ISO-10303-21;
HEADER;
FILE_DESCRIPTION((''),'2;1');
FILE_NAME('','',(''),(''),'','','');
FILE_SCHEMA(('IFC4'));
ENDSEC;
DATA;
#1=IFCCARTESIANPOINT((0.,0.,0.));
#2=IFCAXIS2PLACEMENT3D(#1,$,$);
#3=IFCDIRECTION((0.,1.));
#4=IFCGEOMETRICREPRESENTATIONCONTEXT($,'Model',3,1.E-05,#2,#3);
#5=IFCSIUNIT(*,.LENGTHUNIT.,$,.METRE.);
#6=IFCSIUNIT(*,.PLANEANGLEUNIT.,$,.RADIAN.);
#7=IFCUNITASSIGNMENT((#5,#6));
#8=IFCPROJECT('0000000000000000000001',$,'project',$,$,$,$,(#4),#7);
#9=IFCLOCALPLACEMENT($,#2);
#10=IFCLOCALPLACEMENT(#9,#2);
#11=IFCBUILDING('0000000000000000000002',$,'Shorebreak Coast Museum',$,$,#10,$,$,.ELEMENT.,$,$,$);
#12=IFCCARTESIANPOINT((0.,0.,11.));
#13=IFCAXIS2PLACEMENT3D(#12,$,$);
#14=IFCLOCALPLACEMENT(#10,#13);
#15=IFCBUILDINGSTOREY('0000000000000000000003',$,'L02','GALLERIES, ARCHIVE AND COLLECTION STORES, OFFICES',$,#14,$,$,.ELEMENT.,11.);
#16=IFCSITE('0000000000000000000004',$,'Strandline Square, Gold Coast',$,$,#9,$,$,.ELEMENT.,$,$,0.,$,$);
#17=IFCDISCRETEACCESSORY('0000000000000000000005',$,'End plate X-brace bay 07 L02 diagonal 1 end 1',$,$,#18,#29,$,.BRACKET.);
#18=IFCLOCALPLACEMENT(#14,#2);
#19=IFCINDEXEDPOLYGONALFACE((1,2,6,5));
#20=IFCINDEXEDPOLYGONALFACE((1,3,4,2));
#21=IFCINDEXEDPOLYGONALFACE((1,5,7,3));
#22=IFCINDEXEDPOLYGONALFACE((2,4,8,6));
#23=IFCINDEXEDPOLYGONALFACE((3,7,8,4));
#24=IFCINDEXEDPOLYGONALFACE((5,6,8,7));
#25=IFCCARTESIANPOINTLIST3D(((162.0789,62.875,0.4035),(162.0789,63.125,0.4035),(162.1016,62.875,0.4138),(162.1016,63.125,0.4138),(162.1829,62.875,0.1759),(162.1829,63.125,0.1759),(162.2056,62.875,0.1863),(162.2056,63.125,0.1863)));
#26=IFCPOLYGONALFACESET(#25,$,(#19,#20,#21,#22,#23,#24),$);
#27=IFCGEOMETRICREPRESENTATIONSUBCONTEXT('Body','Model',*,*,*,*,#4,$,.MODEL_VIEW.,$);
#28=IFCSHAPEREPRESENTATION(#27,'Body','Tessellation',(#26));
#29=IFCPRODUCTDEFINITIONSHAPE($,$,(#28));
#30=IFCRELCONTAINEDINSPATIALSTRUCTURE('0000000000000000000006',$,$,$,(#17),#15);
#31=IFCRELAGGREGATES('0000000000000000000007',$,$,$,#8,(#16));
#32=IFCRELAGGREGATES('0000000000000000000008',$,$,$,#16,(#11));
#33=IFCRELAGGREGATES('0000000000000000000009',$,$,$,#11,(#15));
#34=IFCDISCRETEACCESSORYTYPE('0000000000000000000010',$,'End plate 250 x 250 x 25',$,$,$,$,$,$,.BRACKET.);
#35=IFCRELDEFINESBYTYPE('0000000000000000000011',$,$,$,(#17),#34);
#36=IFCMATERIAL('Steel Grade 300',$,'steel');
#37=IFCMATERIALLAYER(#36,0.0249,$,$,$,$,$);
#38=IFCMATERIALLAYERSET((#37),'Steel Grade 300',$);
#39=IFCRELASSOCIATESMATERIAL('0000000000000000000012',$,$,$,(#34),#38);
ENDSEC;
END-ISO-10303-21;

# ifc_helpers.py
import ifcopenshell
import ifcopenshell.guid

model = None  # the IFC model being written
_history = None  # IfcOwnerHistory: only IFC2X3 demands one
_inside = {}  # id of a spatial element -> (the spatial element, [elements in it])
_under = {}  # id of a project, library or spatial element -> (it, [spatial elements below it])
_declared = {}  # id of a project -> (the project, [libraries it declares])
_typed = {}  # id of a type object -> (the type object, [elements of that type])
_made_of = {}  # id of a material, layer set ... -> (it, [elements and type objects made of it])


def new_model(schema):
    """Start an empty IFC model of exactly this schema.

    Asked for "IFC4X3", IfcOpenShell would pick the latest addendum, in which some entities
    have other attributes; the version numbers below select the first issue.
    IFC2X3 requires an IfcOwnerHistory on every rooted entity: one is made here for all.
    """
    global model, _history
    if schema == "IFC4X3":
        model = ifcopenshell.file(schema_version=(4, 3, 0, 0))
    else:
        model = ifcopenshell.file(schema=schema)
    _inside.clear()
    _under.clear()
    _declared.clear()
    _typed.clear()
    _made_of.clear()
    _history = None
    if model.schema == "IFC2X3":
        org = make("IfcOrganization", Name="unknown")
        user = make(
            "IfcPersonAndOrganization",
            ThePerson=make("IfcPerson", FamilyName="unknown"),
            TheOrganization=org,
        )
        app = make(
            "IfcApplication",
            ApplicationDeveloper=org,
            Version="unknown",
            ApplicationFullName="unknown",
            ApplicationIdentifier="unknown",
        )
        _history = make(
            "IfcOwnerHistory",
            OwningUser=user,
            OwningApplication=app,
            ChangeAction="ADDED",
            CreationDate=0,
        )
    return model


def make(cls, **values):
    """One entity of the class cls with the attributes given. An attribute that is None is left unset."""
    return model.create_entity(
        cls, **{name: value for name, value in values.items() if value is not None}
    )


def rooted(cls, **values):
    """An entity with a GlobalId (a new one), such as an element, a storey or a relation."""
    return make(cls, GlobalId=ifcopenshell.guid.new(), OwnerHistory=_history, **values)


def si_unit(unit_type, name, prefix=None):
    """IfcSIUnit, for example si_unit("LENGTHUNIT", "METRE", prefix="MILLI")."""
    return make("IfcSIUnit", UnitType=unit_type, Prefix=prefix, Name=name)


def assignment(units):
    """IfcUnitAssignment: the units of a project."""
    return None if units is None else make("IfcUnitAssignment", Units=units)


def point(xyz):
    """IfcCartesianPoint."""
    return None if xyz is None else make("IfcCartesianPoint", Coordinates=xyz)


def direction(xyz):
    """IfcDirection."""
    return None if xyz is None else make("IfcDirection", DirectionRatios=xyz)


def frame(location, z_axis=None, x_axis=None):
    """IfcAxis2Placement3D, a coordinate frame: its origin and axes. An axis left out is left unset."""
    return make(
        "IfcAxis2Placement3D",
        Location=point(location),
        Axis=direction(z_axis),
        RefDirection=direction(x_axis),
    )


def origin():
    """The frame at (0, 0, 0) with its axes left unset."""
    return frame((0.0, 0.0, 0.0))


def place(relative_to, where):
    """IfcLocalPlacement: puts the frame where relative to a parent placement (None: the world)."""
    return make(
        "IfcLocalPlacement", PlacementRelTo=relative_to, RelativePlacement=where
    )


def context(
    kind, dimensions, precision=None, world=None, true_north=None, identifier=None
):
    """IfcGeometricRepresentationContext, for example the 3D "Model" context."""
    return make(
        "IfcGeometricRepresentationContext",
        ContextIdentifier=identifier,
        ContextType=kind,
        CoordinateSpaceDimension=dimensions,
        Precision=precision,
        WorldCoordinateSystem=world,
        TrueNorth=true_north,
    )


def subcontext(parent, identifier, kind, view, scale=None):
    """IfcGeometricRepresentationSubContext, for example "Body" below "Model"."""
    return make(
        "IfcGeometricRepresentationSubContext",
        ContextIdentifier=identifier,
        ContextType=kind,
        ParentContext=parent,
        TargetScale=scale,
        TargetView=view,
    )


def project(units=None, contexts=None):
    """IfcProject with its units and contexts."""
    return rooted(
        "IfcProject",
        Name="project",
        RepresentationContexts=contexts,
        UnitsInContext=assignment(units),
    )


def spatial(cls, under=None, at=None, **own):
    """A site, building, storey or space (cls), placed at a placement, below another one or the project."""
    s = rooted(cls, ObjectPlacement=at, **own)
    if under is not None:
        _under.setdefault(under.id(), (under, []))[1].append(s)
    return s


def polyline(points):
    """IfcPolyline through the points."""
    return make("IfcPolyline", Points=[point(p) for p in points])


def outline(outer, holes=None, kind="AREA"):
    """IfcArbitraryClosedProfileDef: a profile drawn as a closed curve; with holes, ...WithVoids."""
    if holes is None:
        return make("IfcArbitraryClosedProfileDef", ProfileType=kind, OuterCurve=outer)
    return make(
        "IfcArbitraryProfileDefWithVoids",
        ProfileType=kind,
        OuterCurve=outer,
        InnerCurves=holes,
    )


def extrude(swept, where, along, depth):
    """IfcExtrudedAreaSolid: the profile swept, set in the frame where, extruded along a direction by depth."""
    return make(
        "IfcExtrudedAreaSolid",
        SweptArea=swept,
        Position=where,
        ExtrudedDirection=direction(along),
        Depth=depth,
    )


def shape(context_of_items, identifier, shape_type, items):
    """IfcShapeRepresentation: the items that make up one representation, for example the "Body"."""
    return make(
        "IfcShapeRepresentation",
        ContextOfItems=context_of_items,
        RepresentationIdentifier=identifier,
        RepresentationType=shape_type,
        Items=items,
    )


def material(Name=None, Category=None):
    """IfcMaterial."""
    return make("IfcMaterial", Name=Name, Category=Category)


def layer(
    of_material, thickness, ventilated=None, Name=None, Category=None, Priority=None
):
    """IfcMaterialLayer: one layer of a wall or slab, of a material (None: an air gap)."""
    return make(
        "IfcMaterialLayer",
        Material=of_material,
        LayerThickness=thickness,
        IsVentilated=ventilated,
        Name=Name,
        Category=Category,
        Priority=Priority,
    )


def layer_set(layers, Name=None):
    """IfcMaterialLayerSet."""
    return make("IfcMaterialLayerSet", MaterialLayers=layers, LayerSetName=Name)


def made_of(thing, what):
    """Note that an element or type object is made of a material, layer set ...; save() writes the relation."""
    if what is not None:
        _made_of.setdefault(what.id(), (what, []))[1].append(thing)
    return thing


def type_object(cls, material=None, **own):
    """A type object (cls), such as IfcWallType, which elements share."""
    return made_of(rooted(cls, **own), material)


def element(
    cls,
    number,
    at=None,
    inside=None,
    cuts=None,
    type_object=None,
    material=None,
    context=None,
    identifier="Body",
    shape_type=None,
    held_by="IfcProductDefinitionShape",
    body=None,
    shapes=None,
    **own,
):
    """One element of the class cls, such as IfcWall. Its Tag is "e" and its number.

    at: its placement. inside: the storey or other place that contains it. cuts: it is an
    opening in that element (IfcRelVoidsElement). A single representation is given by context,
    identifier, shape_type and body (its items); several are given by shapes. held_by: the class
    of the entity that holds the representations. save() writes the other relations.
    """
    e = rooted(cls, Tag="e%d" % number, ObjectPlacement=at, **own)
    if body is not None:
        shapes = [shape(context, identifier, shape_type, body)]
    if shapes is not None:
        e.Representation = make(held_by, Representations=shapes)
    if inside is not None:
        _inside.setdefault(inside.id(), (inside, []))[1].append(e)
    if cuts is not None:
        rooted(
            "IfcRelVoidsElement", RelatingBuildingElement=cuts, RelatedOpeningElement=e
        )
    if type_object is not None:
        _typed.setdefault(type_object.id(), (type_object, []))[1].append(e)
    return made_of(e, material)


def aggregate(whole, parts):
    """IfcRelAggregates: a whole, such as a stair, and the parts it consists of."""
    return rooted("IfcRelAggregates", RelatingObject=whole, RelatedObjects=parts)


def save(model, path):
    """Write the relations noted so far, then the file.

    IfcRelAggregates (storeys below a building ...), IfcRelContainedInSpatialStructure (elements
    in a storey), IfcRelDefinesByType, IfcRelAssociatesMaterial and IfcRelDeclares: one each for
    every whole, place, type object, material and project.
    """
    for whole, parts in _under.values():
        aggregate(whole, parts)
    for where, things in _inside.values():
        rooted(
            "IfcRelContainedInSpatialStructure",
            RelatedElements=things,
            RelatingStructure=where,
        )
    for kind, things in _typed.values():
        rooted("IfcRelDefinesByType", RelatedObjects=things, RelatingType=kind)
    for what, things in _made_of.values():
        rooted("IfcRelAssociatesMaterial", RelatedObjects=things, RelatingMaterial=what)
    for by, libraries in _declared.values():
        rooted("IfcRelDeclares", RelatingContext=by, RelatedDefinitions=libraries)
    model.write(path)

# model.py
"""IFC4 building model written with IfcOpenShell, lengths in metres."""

from ifc_helpers import new_model, si_unit, direction, frame, origin, place, context, subcontext, project, spatial, polyline, outline, extrude, material, layer, layer_set, type_object, element, save


model = new_model("IFC4")

# Units and contexts
model_context = context("Model", 3, precision=1e-05, world=origin(), true_north=direction((0.0, 1.0)))
body_context = subcontext(model_context, "Body", "Model", "MODEL_VIEW")
ifc_project = project(units=[si_unit("LENGTHUNIT", "METRE"), si_unit("PLANEANGLEUNIT", "RADIAN")], contexts=[model_context])

# Site, building, storey
site_placement = place(None, origin())
site = spatial("IfcSite", under=ifc_project, at=site_placement, Name="Strandline Square, Gold Coast", CompositionType="ELEMENT", RefElevation=0.0)
building_placement = place(site_placement, origin())
building = spatial("IfcBuilding", under=site, at=building_placement, Name="Shorebreak Coast Museum", CompositionType="ELEMENT")
storey_placement = place(building_placement, frame((0.0, 0.0, 11.0)))
storey = spatial("IfcBuildingStorey", under=building, at=storey_placement, Name="L02", Description="GALLERIES, ARCHIVE AND COLLECTION STORES, OFFICES", CompositionType="ELEMENT", Elevation=11.0)

# Discrete accessory
ifc_material_1 = material(Name="Steel Grade 300", Category="steel")
ifc_layer_1 = layer(ifc_material_1, 0.0249)
ifc_layer_set_1 = layer_set([ifc_layer_1], Name="Steel Grade 300")
discrete_accessory_type = type_object("IfcDiscreteAccessoryType", Name="End plate 250 x 250 x 25", PredefinedType="BRACKET", material=ifc_layer_set_1)
discrete_accessory_placement = place(storey_placement, frame((162.2056, 62.875, 0.1863), z_axis=(0.909496, 0.0, 0.415714), x_axis=(0.0, 1.0, 0.0)))
element("IfcDiscreteAccessory", 1, at=discrete_accessory_placement, inside=storey, type_object=discrete_accessory_type, Name="End plate X-brace bay 07 L02 diagonal 1 end 1", PredefinedType="BRACKET", context=body_context, shape_type="SweptSolid", body=[
    extrude(outline(polyline([(0.0, 0.0), (0.25, 0.0), (0.25, 0.2502), (0.0, 0.2502), (0.0, 0.0)])), origin(), (0.0, 0.0, -1.0), 0.0249),
])

save(model, "model.ifc")
